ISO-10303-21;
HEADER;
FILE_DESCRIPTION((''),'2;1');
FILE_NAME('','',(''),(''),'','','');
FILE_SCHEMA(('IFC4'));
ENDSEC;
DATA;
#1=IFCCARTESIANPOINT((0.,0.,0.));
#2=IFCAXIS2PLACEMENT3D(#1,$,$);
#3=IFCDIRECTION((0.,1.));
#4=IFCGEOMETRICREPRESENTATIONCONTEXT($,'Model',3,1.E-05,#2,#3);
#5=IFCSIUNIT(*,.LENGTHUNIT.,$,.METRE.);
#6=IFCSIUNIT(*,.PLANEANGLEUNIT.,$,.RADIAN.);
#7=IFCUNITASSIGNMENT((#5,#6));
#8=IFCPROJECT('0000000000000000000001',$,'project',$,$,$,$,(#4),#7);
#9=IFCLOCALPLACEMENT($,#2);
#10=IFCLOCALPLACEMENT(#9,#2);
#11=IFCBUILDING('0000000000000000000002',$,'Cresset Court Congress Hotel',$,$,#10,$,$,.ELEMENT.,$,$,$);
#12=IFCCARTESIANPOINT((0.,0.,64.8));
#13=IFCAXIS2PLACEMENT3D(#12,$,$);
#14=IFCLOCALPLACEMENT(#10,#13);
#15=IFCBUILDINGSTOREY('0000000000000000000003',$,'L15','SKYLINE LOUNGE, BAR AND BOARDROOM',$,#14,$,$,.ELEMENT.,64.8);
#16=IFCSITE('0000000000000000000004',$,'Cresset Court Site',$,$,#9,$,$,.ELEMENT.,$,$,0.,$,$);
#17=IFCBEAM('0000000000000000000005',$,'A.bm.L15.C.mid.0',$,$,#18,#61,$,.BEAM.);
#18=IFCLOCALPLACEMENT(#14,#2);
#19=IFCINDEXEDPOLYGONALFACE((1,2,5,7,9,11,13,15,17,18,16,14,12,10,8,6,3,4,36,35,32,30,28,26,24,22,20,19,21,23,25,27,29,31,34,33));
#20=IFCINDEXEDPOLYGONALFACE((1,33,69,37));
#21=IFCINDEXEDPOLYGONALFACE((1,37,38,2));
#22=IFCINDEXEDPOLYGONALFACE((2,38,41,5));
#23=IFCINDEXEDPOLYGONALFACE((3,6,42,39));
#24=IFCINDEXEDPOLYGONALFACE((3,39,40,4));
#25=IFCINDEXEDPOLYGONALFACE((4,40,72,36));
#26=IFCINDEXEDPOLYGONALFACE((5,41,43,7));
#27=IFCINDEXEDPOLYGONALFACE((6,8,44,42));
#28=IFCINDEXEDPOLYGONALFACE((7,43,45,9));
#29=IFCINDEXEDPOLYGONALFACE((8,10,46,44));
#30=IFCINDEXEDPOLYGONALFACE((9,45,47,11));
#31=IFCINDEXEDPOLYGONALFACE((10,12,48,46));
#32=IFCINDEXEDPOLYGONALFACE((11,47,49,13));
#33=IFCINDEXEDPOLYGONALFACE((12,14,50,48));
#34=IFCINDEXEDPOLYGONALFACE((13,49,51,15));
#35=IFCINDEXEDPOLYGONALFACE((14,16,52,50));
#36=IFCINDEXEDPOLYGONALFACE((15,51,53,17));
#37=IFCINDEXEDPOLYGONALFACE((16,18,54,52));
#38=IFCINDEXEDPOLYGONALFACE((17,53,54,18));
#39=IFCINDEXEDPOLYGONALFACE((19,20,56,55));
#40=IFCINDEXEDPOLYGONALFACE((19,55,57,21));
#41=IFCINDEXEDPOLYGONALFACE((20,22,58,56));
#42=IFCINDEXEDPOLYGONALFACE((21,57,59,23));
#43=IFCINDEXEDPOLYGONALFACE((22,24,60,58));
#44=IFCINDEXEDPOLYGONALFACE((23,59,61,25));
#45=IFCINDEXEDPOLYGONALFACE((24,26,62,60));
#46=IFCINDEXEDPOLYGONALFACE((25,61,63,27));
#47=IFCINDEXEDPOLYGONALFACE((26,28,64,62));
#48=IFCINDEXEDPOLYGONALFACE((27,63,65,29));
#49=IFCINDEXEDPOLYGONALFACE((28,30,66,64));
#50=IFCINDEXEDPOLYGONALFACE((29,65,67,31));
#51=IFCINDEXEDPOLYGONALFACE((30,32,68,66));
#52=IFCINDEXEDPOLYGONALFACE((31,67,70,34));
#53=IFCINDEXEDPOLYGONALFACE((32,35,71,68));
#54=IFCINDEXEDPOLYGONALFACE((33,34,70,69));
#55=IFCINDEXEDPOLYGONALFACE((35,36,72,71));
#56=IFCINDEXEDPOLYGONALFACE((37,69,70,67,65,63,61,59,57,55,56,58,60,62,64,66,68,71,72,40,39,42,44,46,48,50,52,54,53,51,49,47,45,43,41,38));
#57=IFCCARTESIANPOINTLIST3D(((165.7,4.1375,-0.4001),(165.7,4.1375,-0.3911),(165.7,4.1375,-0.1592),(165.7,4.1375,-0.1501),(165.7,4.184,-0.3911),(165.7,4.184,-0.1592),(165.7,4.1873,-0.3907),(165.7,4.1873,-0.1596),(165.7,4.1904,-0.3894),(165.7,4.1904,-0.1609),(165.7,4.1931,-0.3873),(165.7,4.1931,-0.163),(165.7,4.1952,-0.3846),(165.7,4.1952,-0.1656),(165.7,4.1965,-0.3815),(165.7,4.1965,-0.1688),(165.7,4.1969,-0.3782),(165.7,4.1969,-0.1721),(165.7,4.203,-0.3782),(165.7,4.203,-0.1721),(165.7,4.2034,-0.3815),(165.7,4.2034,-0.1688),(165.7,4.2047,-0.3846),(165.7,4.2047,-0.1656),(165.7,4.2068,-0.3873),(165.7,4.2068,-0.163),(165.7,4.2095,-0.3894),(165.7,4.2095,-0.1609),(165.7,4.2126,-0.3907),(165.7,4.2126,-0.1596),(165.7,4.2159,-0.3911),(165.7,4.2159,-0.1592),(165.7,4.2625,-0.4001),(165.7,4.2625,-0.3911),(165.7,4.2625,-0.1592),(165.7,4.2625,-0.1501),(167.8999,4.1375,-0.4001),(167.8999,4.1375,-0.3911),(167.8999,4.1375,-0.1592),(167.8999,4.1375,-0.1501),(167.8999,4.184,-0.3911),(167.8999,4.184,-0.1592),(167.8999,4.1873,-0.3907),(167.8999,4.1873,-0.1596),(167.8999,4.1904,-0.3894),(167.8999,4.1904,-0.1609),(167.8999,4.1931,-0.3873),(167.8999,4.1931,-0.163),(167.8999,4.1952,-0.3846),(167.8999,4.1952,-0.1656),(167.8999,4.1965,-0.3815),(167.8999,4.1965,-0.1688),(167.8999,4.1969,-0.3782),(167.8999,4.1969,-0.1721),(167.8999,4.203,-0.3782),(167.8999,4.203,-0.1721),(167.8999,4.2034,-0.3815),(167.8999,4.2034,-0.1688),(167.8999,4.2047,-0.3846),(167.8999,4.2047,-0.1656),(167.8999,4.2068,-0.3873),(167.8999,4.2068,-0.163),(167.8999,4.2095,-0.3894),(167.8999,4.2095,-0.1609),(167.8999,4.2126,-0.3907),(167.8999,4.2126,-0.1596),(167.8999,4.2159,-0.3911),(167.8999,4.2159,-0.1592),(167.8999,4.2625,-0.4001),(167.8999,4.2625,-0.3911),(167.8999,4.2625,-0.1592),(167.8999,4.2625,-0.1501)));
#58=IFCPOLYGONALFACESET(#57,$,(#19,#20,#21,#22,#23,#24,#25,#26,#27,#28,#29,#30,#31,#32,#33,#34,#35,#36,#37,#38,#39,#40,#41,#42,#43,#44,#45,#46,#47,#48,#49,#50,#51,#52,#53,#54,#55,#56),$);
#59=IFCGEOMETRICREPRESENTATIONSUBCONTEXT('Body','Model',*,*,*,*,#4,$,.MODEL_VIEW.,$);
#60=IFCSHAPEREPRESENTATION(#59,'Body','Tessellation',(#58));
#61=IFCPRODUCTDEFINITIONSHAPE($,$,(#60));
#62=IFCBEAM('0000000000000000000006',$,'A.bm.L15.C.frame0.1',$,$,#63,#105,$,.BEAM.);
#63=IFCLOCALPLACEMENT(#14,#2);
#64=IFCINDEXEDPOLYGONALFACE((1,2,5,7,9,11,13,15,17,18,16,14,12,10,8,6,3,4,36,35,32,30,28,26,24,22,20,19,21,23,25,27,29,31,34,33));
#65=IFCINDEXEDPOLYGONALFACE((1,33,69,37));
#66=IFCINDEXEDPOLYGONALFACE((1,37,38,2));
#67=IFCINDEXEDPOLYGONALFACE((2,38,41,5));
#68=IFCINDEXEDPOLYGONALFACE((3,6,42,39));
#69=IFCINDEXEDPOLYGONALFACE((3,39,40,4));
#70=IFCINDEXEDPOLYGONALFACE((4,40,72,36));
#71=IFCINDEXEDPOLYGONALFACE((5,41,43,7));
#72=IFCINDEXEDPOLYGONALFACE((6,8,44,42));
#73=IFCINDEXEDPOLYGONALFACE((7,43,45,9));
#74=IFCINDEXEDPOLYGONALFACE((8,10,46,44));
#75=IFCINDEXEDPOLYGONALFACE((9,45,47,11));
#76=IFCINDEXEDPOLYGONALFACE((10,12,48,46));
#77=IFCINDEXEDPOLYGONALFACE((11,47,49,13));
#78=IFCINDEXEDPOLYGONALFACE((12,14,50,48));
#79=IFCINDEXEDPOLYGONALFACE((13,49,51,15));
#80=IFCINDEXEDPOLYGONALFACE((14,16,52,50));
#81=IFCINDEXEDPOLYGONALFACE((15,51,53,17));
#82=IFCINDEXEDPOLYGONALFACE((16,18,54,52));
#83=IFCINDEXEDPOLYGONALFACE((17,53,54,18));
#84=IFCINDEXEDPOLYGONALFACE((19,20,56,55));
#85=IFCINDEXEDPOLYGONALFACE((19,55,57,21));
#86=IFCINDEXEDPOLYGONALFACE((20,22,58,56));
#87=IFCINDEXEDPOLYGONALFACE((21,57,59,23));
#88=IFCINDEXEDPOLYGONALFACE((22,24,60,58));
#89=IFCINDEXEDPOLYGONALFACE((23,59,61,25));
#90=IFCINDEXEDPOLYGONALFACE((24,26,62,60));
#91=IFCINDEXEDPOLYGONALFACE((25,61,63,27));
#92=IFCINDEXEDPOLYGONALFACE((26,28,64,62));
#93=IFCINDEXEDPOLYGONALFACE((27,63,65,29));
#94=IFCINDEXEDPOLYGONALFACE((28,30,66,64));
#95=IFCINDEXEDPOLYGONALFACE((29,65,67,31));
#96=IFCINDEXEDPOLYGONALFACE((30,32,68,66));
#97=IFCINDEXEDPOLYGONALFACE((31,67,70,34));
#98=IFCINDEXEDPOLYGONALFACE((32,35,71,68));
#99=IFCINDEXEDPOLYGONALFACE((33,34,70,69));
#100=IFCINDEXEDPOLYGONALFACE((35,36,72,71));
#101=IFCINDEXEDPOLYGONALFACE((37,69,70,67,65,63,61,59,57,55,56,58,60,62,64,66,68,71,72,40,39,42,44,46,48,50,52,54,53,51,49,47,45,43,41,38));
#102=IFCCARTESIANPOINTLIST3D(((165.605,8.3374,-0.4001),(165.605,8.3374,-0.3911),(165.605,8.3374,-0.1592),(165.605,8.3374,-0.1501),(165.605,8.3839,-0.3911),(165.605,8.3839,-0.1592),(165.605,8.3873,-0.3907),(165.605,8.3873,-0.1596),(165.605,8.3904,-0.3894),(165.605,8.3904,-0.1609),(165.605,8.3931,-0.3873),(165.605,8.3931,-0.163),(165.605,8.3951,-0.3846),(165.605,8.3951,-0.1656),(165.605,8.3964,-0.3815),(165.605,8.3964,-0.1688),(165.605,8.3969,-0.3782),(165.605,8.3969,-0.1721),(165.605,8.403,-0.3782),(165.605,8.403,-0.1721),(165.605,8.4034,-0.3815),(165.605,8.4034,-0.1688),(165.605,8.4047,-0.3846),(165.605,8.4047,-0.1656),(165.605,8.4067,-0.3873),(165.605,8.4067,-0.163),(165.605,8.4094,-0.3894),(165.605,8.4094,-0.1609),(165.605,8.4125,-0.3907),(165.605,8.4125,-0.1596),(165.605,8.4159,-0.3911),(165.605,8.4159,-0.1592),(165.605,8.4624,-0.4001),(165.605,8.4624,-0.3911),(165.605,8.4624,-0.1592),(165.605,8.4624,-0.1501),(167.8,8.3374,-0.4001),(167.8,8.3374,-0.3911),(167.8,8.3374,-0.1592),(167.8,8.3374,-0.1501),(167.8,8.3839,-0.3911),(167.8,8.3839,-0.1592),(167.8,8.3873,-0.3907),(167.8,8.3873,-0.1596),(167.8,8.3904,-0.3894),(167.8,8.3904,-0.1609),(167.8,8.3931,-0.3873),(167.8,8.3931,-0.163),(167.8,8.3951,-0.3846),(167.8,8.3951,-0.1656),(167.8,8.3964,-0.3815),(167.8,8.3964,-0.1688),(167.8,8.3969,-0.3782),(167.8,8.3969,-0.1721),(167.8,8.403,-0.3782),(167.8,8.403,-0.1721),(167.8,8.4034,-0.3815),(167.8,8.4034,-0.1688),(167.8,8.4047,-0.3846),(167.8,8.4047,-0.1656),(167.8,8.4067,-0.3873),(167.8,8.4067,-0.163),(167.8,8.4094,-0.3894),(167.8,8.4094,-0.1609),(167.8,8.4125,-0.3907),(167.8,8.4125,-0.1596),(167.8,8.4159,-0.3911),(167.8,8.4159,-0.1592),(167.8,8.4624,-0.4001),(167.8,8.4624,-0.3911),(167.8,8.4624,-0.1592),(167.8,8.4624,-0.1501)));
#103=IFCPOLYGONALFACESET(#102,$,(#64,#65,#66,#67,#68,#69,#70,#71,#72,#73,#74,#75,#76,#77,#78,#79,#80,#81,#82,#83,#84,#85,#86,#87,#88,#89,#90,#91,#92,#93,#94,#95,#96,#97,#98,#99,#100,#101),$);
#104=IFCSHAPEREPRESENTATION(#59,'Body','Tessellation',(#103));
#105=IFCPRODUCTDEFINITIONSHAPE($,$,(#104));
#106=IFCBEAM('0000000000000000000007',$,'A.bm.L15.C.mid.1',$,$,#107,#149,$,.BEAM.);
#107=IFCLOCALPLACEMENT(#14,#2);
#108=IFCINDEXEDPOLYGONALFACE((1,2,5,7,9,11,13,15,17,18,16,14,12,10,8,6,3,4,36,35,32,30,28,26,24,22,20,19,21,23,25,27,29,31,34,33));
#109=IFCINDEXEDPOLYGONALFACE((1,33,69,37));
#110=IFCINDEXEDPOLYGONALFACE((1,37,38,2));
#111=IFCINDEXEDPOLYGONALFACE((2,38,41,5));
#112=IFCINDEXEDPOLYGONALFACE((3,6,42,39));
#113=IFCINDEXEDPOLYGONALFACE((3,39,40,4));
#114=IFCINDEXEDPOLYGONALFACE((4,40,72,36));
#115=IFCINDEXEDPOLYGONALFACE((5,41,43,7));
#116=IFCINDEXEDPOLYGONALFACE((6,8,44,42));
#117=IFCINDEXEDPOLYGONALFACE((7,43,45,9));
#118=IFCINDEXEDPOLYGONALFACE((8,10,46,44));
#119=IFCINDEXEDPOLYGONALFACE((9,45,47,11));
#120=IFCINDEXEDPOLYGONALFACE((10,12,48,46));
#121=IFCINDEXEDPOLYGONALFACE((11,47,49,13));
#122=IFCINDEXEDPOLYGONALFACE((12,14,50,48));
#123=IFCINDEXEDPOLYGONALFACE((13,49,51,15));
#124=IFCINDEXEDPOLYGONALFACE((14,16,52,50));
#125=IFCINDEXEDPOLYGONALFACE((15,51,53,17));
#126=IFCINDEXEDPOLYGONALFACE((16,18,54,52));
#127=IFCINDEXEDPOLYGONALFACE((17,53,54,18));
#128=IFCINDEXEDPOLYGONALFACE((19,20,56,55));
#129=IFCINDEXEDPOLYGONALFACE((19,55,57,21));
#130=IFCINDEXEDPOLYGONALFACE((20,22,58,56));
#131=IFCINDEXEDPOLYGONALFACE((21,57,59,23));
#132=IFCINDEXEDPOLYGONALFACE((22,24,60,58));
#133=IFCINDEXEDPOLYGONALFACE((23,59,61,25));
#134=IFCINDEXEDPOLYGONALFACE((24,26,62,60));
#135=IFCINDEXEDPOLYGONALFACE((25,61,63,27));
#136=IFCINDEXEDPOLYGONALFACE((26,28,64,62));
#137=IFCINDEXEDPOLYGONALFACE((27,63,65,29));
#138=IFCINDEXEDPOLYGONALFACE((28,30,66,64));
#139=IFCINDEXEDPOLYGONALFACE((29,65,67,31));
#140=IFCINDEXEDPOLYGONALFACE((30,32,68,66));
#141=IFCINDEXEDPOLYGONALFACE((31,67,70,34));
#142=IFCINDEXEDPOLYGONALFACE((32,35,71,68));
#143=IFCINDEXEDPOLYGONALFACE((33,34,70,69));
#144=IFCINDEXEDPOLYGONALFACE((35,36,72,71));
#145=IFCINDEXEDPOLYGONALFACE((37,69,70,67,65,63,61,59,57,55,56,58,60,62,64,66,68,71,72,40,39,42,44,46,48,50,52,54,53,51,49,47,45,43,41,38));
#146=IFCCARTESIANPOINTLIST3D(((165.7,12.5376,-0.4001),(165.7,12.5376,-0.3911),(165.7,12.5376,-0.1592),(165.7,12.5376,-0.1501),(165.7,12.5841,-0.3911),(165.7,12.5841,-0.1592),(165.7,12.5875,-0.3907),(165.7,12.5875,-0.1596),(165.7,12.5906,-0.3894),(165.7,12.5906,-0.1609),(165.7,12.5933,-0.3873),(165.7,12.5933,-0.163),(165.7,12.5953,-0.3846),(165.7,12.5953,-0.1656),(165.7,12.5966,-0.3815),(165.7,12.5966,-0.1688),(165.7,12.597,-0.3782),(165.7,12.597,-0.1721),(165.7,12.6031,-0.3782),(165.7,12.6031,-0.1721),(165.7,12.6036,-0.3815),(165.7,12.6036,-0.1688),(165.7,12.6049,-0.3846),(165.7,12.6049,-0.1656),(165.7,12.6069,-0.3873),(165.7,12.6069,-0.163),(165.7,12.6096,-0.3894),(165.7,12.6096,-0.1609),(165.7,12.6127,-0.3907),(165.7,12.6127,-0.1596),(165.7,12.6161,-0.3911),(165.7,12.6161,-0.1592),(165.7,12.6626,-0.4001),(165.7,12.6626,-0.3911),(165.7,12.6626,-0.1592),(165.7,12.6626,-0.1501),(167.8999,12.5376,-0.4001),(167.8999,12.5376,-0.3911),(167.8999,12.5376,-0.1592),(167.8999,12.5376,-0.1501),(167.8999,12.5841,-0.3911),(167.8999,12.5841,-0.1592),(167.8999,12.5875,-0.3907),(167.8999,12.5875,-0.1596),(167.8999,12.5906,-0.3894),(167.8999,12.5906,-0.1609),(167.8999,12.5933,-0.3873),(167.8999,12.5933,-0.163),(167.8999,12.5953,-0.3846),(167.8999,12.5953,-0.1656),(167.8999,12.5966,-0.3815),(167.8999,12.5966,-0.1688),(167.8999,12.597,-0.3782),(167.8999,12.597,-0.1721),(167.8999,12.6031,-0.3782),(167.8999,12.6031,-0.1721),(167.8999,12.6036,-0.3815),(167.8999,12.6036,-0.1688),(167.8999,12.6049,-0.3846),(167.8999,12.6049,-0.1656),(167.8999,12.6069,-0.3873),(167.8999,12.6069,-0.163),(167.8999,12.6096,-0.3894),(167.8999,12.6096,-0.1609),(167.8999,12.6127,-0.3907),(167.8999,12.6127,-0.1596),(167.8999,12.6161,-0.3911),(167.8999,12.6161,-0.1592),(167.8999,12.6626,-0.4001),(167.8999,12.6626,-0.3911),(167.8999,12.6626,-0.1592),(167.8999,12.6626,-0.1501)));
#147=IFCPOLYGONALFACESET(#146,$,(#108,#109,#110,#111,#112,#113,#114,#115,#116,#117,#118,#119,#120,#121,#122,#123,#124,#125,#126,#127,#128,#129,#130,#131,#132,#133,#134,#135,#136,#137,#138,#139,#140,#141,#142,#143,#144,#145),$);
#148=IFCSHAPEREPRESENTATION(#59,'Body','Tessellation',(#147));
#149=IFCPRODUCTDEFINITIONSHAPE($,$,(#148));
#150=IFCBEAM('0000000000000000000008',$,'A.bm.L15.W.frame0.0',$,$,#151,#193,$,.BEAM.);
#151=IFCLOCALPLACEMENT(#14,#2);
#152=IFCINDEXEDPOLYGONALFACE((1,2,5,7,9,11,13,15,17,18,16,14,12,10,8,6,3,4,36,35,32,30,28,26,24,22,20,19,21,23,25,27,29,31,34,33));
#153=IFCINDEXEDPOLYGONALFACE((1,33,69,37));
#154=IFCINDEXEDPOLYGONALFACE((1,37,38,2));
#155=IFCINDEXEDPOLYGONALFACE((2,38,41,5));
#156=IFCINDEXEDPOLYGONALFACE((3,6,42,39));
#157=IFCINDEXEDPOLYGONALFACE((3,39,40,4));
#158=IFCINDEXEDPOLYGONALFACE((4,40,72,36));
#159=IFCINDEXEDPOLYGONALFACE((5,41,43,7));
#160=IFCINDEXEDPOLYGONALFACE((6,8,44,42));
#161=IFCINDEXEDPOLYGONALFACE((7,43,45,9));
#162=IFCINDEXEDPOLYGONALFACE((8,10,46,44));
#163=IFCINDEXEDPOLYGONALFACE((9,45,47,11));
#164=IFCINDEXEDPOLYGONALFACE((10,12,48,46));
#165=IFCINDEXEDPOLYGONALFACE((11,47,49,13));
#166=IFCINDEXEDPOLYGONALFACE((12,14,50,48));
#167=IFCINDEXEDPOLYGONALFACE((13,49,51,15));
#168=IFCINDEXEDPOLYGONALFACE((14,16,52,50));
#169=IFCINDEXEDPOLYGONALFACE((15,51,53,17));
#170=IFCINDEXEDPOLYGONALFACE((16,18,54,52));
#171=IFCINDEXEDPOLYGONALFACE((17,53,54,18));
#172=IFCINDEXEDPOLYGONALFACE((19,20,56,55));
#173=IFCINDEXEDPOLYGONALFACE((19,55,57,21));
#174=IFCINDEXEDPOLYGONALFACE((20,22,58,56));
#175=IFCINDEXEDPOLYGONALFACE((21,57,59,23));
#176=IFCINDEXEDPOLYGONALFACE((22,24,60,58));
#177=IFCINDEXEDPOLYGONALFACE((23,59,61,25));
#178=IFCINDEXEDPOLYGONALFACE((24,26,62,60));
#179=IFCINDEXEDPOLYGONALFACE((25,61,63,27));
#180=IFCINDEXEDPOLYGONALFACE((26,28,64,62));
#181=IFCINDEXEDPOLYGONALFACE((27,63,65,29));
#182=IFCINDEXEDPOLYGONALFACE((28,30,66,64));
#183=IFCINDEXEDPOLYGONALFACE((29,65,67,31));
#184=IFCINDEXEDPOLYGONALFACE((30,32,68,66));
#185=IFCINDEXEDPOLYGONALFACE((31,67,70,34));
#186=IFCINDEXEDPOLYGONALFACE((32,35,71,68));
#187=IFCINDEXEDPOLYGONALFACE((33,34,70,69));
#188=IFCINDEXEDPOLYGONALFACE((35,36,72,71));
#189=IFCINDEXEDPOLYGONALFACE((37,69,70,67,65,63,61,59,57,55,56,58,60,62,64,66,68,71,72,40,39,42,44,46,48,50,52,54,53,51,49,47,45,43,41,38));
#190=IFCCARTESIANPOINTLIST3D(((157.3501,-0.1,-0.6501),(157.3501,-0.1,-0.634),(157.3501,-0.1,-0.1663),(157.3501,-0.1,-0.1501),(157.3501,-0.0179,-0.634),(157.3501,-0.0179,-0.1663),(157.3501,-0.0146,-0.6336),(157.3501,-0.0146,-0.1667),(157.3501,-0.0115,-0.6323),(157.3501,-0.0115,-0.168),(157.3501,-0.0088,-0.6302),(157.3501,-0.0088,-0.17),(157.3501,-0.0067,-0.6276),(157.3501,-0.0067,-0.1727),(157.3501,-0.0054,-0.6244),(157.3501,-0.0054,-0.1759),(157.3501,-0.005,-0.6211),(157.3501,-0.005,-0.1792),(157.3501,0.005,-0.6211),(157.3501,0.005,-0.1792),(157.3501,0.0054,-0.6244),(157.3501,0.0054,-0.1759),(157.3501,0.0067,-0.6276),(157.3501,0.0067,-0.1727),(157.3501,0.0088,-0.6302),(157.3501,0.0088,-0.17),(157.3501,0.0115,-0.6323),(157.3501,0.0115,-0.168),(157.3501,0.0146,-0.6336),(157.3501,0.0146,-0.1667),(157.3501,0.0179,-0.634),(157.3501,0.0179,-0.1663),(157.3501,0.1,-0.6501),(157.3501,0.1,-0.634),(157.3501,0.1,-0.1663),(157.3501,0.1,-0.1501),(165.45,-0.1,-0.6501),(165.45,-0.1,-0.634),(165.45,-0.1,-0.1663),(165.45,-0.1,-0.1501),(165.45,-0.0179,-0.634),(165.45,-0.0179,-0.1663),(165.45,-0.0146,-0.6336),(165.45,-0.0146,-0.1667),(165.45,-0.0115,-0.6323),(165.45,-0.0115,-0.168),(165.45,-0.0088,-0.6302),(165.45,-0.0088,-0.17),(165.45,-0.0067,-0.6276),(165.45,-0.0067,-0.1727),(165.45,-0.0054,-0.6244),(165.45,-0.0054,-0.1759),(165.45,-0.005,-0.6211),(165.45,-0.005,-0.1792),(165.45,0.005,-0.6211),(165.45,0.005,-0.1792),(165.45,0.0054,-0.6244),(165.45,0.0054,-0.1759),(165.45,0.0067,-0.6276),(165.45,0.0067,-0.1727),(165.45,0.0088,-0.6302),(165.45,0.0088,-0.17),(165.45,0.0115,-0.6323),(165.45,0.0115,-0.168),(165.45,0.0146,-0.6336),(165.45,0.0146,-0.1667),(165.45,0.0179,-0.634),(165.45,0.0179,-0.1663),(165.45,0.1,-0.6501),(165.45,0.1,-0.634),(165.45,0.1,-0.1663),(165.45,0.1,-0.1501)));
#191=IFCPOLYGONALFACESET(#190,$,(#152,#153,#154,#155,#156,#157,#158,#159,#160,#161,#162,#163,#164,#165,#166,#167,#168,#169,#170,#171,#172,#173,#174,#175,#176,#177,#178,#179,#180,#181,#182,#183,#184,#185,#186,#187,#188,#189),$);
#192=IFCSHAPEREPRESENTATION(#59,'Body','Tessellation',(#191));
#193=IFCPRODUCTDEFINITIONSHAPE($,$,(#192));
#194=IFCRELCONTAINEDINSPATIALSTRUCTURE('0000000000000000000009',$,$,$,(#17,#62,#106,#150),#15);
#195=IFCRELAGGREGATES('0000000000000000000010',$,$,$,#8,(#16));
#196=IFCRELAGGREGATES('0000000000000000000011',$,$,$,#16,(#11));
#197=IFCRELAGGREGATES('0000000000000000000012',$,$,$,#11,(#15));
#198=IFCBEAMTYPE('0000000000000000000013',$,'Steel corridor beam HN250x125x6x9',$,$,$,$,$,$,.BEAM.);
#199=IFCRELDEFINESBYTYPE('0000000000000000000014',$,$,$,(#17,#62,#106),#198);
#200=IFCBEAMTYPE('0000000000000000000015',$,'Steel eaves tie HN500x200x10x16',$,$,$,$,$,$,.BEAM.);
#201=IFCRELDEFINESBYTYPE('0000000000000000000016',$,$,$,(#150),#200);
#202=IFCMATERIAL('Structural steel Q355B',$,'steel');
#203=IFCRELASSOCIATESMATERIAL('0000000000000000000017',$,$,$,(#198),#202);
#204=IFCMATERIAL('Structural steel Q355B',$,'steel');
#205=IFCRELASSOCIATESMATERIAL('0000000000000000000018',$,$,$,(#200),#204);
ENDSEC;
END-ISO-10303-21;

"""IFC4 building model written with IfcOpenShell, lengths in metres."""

from ifc_helpers import new_model, si_unit, direction, frame, origin, origin_2d, place, context, subcontext, project, spatial, i_section, extrude, material, material_profile, profile_set, type_object, element, save


model = new_model("IFC4")

# Units and contexts
model_context = context("Model", 3, precision=1e-05, world=origin(), true_north=direction((0.0, 1.0)))
body_context = subcontext(model_context, "Body", "Model", "MODEL_VIEW")
ifc_project = project(units=[si_unit("LENGTHUNIT", "METRE"), si_unit("PLANEANGLEUNIT", "RADIAN")], contexts=[model_context])

# Site, building, storey
site_placement = place(None, origin())
site = spatial("IfcSite", under=ifc_project, at=site_placement, Name="Cresset Court Site", CompositionType="ELEMENT", RefElevation=0.0)
building_placement = place(site_placement, origin())
building = spatial("IfcBuilding", under=site, at=building_placement, Name="Cresset Court Congress Hotel", CompositionType="ELEMENT")
storey_placement = place(building_placement, frame((0.0, 0.0, 64.8)))
storey = spatial("IfcBuildingStorey", under=building, at=storey_placement, Name="L15", Description="SKYLINE LOUNGE, BAR AND BOARDROOM", CompositionType="ELEMENT", Elevation=64.8)

# Beams
ifc_material_1 = material(Name="Structural steel Q355B", Category="steel")
ifc_material_profile_1 = material_profile(ifc_material_1, i_section(OverallWidth=0.125, OverallDepth=0.25, WebThickness=0.0061, FlangeThickness=0.009, FilletRadius=0.0129, at=origin_2d()), Name="HN250x125x6x9")
ifc_profile_set_1 = profile_set([ifc_material_profile_1], Name="Structural steel Q355B")
beam_type_1 = type_object("IfcBeamType", Name="Steel corridor beam HN250x125x6x9", PredefinedType="BEAM", material=ifc_profile_set_1)
beam_1_placement = place(storey_placement, frame((165.7, 4.2, -0.2751), z_axis=(1.0, 0.0, 0.0), x_axis=(0.0, 1.0, 0.0)))
element("IfcBeam", 1, at=beam_1_placement, inside=storey, type_object=beam_type_1, Name="A.bm.L15.C.mid.0", PredefinedType="BEAM", context=body_context, shape_type="SweptSolid", body=[
    extrude(i_section(OverallWidth=0.125, OverallDepth=0.25, WebThickness=0.0061, FlangeThickness=0.009, FilletRadius=0.0129, at=origin_2d()), origin(), (0.0, 0.0, 1.0), 2.2),
])
beam_2_placement = place(storey_placement, frame((165.605, 8.3999, -0.2751), z_axis=(1.0, 0.0, 0.0), x_axis=(0.0, 1.0, 0.0)))
element("IfcBeam", 2, at=beam_2_placement, inside=storey, type_object=beam_type_1, Name="A.bm.L15.C.frame0.1", PredefinedType="BEAM", context=body_context, shape_type="SweptSolid", body=[
    extrude(i_section(OverallWidth=0.125, OverallDepth=0.25, WebThickness=0.0061, FlangeThickness=0.009, FilletRadius=0.0129, at=origin_2d()), origin(), (0.0, 0.0, 1.0), 2.1951),
])
beam_3_placement = place(storey_placement, frame((165.7, 12.6001, -0.2751), z_axis=(1.0, 0.0, 0.0), x_axis=(0.0, 1.0, 0.0)))
element("IfcBeam", 3, at=beam_3_placement, inside=storey, type_object=beam_type_1, Name="A.bm.L15.C.mid.1", PredefinedType="BEAM", context=body_context, shape_type="SweptSolid", body=[
    extrude(i_section(OverallWidth=0.125, OverallDepth=0.25, WebThickness=0.0061, FlangeThickness=0.009, FilletRadius=0.0129, at=origin_2d()), origin(), (0.0, 0.0, 1.0), 2.2),
])
ifc_material_2 = material(Name="Structural steel Q355B", Category="steel")
ifc_material_profile_2 = material_profile(ifc_material_2, i_section(OverallWidth=0.2, OverallDepth=0.5, WebThickness=0.01, FlangeThickness=0.0161, FilletRadius=0.0129, at=origin_2d()), Name="HN500x200x10x16")
ifc_profile_set_2 = profile_set([ifc_material_profile_2], Name="Structural steel Q355B")
beam_type_2 = type_object("IfcBeamType", Name="Steel eaves tie HN500x200x10x16", PredefinedType="BEAM", material=ifc_profile_set_2)
for number, where, z_axis, x_axis, name in (
    (4, (157.3501, 0.0, -0.4001), (1.0, 0.0, 0.0), (0.0, 1.0, 0.0), "A.bm.L15.W.frame0.0"),
):
    element("IfcBeam", number, at=place(storey_placement, frame(where, z_axis=z_axis, x_axis=x_axis)), inside=storey, type_object=beam_type_2, Name=name, PredefinedType="BEAM", context=body_context, shape_type="SweptSolid", body=[
        extrude(i_section(OverallWidth=0.2, OverallDepth=0.5, WebThickness=0.01, FlangeThickness=0.0161, FilletRadius=0.0129, at=origin_2d()), origin(), (0.0, 0.0, 1.0), 8.0999),
    ])

save(model, "model.ifc")
